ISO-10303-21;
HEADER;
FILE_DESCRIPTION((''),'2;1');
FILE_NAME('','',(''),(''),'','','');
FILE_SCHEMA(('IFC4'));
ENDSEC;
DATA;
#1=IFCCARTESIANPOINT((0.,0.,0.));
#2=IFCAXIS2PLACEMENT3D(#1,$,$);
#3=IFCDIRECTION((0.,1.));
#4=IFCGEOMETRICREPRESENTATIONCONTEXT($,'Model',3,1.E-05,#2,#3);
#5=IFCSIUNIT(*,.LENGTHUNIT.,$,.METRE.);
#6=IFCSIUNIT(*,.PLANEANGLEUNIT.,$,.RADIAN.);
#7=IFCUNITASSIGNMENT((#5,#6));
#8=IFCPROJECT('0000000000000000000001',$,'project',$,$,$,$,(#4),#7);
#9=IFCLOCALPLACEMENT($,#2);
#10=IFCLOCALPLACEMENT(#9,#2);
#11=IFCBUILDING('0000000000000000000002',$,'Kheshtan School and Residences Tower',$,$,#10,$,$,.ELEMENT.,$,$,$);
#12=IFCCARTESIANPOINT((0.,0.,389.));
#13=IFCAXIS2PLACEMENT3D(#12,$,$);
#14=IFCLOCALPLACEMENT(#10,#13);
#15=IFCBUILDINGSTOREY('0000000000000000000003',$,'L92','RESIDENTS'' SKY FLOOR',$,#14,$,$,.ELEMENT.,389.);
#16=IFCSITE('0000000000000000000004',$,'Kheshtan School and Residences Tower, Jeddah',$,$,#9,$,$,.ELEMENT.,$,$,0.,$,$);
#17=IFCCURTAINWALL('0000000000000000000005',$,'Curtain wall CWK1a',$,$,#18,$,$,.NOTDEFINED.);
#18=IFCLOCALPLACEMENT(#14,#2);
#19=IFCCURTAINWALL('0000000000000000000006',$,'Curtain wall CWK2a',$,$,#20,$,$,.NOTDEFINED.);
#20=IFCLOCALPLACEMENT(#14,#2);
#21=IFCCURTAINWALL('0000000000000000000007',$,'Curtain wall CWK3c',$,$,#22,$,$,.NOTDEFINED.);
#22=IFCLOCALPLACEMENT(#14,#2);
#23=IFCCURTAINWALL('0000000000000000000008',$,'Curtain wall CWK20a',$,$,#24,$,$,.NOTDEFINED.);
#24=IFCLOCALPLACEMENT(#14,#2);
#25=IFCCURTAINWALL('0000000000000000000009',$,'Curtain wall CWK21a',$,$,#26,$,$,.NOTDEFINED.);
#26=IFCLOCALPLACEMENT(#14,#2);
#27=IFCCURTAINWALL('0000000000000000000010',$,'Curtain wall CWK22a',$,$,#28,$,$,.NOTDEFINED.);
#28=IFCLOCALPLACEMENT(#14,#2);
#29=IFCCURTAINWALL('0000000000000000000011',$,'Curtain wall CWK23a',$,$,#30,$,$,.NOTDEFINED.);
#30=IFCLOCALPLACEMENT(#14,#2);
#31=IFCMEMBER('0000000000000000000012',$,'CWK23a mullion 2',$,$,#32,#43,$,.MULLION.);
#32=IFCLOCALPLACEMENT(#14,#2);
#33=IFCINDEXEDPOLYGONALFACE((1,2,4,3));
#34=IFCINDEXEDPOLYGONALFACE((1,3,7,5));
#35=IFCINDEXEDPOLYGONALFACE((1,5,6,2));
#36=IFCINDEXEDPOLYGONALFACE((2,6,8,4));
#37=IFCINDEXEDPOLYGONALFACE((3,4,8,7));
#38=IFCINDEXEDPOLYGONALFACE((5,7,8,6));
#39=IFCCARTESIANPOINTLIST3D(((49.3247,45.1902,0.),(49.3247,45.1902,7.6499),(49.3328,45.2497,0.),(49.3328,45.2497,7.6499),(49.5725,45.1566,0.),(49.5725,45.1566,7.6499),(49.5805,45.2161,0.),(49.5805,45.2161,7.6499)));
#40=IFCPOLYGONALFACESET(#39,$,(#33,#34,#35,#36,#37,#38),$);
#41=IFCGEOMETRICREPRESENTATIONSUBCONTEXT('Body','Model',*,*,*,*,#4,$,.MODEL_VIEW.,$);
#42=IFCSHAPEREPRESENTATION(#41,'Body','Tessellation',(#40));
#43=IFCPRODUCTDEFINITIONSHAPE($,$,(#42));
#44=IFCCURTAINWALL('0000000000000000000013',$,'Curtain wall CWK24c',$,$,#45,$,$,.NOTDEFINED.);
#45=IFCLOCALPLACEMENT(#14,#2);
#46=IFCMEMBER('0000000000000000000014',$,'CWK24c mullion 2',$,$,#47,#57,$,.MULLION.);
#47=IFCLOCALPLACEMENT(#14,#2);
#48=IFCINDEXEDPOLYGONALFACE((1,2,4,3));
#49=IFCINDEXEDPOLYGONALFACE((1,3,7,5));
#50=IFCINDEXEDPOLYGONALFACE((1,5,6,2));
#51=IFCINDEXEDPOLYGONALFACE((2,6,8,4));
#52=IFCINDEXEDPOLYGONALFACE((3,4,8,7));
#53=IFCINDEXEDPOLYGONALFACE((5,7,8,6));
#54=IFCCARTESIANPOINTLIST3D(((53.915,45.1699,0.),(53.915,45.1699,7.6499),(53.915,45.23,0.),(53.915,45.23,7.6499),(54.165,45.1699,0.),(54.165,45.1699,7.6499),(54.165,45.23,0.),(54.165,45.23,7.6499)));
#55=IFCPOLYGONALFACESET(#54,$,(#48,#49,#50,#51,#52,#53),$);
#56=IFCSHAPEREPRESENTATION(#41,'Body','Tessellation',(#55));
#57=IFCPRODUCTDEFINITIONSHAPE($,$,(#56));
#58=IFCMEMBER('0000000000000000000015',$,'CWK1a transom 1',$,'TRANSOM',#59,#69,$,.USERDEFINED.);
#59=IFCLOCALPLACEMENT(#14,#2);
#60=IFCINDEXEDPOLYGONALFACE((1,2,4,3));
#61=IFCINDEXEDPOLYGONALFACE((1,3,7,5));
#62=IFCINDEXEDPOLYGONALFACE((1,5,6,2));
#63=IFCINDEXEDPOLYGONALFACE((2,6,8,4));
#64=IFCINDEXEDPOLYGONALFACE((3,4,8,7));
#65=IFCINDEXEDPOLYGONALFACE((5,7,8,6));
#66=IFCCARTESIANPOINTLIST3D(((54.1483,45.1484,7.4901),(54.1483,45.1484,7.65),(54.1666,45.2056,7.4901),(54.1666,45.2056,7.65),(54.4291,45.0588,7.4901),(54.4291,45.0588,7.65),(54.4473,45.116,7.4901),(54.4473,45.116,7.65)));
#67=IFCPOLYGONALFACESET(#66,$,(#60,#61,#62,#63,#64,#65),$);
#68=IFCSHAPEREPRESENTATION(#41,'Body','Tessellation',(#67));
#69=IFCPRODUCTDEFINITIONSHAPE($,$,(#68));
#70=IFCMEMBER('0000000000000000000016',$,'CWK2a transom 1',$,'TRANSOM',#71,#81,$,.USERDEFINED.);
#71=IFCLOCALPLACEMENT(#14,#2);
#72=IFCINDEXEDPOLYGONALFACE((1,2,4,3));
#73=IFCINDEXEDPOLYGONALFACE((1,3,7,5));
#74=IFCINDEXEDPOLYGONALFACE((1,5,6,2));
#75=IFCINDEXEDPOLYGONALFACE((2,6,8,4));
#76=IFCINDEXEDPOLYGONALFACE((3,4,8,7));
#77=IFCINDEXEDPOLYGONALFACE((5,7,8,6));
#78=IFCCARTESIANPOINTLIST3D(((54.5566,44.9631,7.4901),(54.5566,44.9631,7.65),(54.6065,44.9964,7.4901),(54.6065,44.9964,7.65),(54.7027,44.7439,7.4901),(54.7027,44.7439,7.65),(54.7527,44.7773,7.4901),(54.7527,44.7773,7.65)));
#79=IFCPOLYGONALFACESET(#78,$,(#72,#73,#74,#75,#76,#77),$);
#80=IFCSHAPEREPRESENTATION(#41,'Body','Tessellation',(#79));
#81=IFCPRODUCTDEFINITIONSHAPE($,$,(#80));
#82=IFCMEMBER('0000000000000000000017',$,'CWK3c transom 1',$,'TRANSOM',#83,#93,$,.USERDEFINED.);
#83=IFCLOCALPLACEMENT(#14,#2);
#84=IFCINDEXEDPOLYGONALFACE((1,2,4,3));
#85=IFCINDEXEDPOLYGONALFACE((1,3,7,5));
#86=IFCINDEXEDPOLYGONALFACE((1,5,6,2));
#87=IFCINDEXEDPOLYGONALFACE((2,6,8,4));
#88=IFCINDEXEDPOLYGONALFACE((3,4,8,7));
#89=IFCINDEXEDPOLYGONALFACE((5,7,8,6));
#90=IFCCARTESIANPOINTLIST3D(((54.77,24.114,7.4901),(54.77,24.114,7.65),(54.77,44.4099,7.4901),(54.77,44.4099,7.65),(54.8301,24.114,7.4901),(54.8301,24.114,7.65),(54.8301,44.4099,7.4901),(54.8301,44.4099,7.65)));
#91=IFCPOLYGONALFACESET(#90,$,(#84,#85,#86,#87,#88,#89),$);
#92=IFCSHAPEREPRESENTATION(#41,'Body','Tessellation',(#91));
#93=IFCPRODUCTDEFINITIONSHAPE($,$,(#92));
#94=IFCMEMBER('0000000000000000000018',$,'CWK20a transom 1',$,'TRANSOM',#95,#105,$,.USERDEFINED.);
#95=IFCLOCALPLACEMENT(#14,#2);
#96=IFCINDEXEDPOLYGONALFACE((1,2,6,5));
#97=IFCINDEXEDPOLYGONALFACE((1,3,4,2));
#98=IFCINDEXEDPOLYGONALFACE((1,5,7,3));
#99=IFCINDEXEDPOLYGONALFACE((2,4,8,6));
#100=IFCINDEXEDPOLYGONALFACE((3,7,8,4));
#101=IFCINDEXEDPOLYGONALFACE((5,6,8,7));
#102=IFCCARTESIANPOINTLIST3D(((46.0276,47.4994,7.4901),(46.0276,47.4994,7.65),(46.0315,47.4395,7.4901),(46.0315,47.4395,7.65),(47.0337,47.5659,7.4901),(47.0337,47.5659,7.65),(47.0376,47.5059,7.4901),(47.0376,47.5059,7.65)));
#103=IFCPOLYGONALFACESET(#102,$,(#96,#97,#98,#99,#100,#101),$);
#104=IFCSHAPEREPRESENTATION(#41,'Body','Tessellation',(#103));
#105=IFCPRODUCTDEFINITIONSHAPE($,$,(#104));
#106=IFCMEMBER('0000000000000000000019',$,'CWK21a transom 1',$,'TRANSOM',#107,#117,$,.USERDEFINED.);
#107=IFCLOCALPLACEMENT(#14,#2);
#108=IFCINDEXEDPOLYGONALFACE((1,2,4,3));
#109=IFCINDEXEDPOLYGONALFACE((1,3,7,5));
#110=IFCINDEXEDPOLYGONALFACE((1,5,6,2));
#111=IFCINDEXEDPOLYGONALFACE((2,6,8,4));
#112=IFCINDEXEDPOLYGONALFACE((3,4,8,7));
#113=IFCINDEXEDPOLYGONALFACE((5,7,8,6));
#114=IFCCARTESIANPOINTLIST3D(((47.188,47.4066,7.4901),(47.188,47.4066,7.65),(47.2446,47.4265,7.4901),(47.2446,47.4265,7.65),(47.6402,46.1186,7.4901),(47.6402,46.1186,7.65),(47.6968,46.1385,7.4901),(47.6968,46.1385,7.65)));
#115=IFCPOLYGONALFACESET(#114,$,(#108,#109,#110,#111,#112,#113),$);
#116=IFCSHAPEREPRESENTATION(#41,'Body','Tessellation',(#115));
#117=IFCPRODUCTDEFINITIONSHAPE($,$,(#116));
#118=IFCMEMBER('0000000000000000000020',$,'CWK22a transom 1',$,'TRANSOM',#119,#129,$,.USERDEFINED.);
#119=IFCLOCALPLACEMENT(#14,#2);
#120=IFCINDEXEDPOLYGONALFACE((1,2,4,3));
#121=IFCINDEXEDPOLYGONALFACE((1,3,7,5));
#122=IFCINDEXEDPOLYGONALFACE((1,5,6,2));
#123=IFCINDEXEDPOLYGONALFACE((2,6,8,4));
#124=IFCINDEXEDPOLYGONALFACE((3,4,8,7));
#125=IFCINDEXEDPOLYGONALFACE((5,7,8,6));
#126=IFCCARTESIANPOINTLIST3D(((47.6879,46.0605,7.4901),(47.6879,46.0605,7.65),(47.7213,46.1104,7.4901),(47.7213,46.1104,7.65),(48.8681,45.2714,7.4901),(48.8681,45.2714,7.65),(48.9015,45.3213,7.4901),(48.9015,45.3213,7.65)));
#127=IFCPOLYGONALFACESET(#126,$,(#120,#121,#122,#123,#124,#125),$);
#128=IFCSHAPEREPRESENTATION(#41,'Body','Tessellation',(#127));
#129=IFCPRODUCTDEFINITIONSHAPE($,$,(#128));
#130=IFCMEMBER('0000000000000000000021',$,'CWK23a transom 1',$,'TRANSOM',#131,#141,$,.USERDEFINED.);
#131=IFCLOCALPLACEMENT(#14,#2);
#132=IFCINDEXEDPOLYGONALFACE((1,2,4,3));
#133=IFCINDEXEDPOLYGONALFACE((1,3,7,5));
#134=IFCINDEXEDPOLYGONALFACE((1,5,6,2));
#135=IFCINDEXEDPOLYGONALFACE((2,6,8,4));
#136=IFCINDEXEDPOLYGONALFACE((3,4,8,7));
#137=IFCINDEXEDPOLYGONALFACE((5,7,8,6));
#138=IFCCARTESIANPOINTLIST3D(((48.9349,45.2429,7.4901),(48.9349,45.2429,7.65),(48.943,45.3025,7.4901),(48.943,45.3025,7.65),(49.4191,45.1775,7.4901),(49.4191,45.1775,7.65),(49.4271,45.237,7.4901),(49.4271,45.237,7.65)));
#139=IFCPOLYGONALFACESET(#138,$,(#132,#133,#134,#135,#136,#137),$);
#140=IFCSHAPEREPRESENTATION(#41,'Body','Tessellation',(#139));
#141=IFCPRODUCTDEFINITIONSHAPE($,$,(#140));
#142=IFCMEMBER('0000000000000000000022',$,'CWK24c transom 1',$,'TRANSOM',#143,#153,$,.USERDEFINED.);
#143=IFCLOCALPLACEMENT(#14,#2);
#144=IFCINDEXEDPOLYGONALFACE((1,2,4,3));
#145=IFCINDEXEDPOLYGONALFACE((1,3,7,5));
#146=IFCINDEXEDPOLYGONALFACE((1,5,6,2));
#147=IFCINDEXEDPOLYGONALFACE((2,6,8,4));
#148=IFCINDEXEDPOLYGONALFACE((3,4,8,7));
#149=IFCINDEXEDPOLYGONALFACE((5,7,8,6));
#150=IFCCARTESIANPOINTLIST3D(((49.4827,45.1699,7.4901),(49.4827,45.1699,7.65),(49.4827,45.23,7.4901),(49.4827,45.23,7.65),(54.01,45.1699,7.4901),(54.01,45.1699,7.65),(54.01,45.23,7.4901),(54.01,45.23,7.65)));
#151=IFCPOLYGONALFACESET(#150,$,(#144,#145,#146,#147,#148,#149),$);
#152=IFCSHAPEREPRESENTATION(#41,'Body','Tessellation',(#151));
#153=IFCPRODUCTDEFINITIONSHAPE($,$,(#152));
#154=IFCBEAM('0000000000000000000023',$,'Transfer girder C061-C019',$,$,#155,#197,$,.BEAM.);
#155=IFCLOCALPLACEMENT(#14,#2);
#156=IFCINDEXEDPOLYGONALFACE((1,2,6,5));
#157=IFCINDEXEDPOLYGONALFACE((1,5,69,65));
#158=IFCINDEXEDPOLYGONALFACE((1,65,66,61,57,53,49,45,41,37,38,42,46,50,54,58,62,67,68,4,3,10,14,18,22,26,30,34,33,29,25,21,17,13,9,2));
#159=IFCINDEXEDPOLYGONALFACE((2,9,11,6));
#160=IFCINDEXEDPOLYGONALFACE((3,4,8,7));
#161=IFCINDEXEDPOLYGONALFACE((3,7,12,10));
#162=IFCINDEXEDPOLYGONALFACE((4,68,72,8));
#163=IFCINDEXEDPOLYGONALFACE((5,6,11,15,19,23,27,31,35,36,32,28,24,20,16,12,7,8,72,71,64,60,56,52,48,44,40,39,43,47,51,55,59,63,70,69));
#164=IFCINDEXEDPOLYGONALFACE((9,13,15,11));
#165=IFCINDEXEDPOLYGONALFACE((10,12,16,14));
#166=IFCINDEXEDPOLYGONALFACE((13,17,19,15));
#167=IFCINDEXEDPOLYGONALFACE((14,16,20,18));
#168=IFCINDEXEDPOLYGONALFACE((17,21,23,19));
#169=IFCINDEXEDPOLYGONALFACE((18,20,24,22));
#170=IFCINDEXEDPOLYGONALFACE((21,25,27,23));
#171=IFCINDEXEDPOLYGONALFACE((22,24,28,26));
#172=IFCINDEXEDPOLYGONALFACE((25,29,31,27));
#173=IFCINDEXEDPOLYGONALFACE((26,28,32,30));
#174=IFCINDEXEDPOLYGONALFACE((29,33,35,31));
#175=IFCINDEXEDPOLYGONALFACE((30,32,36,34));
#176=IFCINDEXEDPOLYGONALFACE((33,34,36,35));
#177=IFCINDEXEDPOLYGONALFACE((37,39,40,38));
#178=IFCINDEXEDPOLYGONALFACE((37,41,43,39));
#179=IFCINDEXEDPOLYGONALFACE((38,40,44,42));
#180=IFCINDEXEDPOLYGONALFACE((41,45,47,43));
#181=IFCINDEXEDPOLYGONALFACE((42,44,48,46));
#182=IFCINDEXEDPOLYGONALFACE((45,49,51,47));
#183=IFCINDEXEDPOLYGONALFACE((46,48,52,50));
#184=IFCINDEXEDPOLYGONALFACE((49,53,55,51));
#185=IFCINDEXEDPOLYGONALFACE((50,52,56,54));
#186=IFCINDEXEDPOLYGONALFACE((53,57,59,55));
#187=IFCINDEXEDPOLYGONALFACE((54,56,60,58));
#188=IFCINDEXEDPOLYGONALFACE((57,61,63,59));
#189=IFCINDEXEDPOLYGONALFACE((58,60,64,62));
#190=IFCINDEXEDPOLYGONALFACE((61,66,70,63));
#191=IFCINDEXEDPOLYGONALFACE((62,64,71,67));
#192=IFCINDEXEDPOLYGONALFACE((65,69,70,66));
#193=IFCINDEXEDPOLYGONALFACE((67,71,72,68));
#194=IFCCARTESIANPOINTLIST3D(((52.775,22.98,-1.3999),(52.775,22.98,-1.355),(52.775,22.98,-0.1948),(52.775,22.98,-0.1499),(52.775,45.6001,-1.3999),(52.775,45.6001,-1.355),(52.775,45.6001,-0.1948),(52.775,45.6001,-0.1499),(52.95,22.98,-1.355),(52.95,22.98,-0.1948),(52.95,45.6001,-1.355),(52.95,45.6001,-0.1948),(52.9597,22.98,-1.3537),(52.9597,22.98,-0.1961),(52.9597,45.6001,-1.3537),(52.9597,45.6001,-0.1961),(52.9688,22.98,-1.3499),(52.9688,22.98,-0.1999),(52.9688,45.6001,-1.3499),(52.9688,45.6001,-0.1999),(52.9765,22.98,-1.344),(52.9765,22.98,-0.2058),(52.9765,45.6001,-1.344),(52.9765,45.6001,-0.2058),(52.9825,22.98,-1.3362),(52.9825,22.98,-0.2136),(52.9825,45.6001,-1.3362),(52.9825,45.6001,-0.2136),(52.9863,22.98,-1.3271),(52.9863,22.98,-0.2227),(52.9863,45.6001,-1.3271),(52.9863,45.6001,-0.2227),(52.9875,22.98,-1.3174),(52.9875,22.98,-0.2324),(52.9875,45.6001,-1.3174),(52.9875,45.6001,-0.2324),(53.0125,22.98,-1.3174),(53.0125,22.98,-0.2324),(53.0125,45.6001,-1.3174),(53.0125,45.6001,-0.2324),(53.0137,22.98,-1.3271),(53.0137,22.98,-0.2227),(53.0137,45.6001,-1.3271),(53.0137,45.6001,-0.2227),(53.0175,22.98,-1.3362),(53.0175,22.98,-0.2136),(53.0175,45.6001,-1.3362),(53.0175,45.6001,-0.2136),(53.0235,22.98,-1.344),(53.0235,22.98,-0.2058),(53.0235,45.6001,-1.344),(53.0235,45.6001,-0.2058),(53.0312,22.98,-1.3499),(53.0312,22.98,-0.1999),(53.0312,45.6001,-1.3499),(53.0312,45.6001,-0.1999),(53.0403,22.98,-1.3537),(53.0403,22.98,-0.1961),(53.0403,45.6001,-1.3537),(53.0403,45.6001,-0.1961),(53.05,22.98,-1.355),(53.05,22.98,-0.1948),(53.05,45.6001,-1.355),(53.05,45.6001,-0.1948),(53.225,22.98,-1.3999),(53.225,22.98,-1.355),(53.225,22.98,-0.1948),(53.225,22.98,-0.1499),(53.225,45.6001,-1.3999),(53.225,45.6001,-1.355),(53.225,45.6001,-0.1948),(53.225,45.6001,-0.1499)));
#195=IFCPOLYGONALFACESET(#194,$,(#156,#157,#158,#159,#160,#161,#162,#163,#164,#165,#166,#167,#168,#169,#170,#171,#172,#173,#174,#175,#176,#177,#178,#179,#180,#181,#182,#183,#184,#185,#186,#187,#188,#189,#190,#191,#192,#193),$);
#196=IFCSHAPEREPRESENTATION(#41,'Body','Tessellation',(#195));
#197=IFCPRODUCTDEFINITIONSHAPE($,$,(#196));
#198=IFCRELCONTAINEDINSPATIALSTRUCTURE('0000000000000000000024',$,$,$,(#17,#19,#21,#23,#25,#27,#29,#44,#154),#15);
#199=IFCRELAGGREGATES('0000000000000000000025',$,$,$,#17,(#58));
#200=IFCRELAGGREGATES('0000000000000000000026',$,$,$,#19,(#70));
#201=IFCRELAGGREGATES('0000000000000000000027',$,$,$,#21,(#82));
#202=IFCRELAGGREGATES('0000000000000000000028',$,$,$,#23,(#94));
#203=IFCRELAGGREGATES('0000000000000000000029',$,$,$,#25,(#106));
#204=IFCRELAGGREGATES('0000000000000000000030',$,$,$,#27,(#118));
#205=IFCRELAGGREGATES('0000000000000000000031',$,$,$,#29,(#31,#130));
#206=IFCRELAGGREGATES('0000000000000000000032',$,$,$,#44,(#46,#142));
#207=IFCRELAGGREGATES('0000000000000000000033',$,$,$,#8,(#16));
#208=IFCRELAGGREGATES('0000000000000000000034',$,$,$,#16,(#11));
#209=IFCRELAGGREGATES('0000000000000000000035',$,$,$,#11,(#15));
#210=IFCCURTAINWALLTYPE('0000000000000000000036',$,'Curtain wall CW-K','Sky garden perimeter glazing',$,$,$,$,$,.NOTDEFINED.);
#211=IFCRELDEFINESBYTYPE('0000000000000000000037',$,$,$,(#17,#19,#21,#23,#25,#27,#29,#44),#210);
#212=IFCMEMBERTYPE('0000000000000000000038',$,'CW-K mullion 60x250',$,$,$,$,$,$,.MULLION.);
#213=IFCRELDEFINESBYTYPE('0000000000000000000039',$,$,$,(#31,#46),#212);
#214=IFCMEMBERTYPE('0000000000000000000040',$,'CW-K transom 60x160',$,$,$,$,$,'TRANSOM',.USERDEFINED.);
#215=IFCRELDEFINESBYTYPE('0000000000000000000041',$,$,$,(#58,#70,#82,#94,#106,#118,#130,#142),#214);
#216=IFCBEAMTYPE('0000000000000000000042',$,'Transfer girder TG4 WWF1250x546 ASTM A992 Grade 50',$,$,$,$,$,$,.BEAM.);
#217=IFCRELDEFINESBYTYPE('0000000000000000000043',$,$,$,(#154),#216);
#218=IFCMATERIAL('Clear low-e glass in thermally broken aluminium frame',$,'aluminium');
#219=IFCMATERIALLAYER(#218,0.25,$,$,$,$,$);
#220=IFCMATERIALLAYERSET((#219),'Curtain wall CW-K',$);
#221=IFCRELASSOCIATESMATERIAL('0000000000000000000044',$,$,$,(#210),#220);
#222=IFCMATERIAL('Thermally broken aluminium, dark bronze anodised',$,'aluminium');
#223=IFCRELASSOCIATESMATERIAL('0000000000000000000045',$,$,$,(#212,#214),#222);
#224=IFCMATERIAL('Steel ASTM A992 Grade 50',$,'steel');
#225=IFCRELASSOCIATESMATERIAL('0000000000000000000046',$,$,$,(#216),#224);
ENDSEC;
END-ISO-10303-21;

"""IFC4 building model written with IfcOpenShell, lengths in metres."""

from ifc_helpers import new_model, si_unit, direction, frame, origin, origin_2d, place, context, subcontext, project, spatial, rectangle, i_section, extrude, material, layer, layer_set, material_profile, profile_set, type_object, element, aggregate, save


model = new_model("IFC4")

# Units and contexts
model_context = context("Model", 3, precision=1e-05, world=origin(), true_north=direction((0.0, 1.0)))
body_context = subcontext(model_context, "Body", "Model", "MODEL_VIEW")
ifc_project = project(units=[si_unit("LENGTHUNIT", "METRE"), si_unit("PLANEANGLEUNIT", "RADIAN")], contexts=[model_context])

# Site, building, storey
site_placement = place(None, origin())
site = spatial("IfcSite", under=ifc_project, at=site_placement, Name="Kheshtan School and Residences Tower, Jeddah", CompositionType="ELEMENT", RefElevation=0.0)
building_placement = place(site_placement, origin())
building = spatial("IfcBuilding", under=site, at=building_placement, Name="Kheshtan School and Residences Tower", CompositionType="ELEMENT")
storey_placement = place(building_placement, frame((0.0, 0.0, 389.0)))
storey = spatial("IfcBuildingStorey", under=building, at=storey_placement, Name="L92", Description="RESIDENTS' SKY FLOOR", CompositionType="ELEMENT", Elevation=389.0)

# Shared definitions
ifc_material_1 = material(Name="Steel ASTM A992 Grade 50", Category="steel")

# Shared definitions
ifc_material_2 = material(Name="Clear low-e glass in thermally broken aluminium frame", Category="aluminium")
ifc_material_3 = material(Name="Thermally broken aluminium, dark bronze anodised", Category="aluminium")

# Curtain walls
ifc_layer_1 = layer(ifc_material_2, 0.25)
ifc_layer_set_1 = layer_set([ifc_layer_1], Name="Curtain wall CW-K")
curtain_wall_type_1 = type_object("IfcCurtainWallType", Name="Curtain wall CW-K", Description="Sky garden perimeter glazing", PredefinedType="NOTDEFINED", material=ifc_layer_set_1)
curtain_wall_1_placement = place(storey_placement, origin())
curtain_wall_1 = element("IfcCurtainWall", 1, at=curtain_wall_1_placement, inside=storey, type_object=curtain_wall_type_1, Name="Curtain wall CWK1a", PredefinedType="NOTDEFINED")
ifc_material_profile_1 = material_profile(ifc_material_3, rectangle(XDim=0.0601, YDim=0.25, at=origin_2d()), Name="CW-K mullion 60x250")
ifc_profile_set_1 = profile_set([ifc_material_profile_1], Name="Thermally broken aluminium, dark bronze anodised")
member_type_1 = type_object("IfcMemberType", Name="CW-K mullion 60x250", PredefinedType="MULLION", material=ifc_profile_set_1)
curtain_wall_2_placement = place(storey_placement, origin())
curtain_wall_2 = element("IfcCurtainWall", 2, at=curtain_wall_2_placement, inside=storey, type_object=curtain_wall_type_1, Name="Curtain wall CWK2a", PredefinedType="NOTDEFINED")
curtain_wall_3_placement = place(storey_placement, origin())
curtain_wall_3 = element("IfcCurtainWall", 3, at=curtain_wall_3_placement, inside=storey, type_object=curtain_wall_type_1, Name="Curtain wall CWK3c", PredefinedType="NOTDEFINED")

# Curtain wall
curtain_wall_4_placement = place(storey_placement, origin())
curtain_wall_4 = element("IfcCurtainWall", 4, at=curtain_wall_4_placement, inside=storey, type_object=curtain_wall_type_1, Name="Curtain wall CWK20a", PredefinedType="NOTDEFINED")

# Curtain wall
curtain_wall_5_placement = place(storey_placement, origin())
curtain_wall_5 = element("IfcCurtainWall", 5, at=curtain_wall_5_placement, inside=storey, type_object=curtain_wall_type_1, Name="Curtain wall CWK21a", PredefinedType="NOTDEFINED")

# Curtain walls, members
curtain_wall_6_placement = place(storey_placement, origin())
curtain_wall_6 = element("IfcCurtainWall", 6, at=curtain_wall_6_placement, inside=storey, type_object=curtain_wall_type_1, Name="Curtain wall CWK22a", PredefinedType="NOTDEFINED")
curtain_wall_7_placement = place(storey_placement, origin())
curtain_wall_7 = element("IfcCurtainWall", 7, at=curtain_wall_7_placement, inside=storey, type_object=curtain_wall_type_1, Name="Curtain wall CWK23a", PredefinedType="NOTDEFINED")
member_1_placement = place(storey_placement, frame((49.4526, 45.2031, 0.0), z_axis=(0.0, 0.0, 1.0), x_axis=(0.134364, 0.990932, 0.0)))
member_1 = element("IfcMember", 8, at=member_1_placement, type_object=member_type_1, Name="CWK23a mullion 2", PredefinedType="MULLION", context=body_context, shape_type="SweptSolid", body=[
    extrude(rectangle(XDim=0.0601, YDim=0.25, at=origin_2d()), origin(), (0.0, 0.0, 1.0), 7.6499),
])
curtain_wall_8_placement = place(storey_placement, origin())
curtain_wall_8 = element("IfcCurtainWall", 9, at=curtain_wall_8_placement, inside=storey, type_object=curtain_wall_type_1, Name="Curtain wall CWK24c", PredefinedType="NOTDEFINED")
member_2_placement = place(storey_placement, frame((54.04, 45.2, 0.0), z_axis=(0.0, 0.0, 1.0), x_axis=(0.0, 1.0, 0.0)))
member_2 = element("IfcMember", 10, at=member_2_placement, type_object=member_type_1, Name="CWK24c mullion 2", PredefinedType="MULLION", context=body_context, shape_type="SweptSolid", body=[
    extrude(rectangle(XDim=0.0601, YDim=0.25, at=origin_2d()), origin(), (0.0, 0.0, 1.0), 7.6499),
])

# Members
ifc_material_profile_2 = material_profile(ifc_material_3, rectangle(XDim=0.0601, YDim=0.1599, at=origin_2d()), Name="CW-K transom 60x160")
ifc_profile_set_2 = profile_set([ifc_material_profile_2], Name="Thermally broken aluminium, dark bronze anodised")
member_type_2 = type_object("IfcMemberType", Name="CW-K transom 60x160", ElementType="TRANSOM", PredefinedType="USERDEFINED", material=ifc_profile_set_2)
member_3_placement = place(storey_placement, frame((54.1575, 45.177, 7.5701), z_axis=(0.952664, -0.304024, 0.0), x_axis=(0.304024, 0.952664, 0.0)))
member_3 = element("IfcMember", 11, at=member_3_placement, type_object=member_type_2, Name="CWK1a transom 1", ObjectType="TRANSOM", PredefinedType="USERDEFINED", context=body_context, shape_type="SweptSolid", body=[
    extrude(rectangle(XDim=0.0601, YDim=0.1599, at=origin_2d()), origin(), (0.0, 0.0, 1.0), 0.2947),
])
member_4_placement = place(storey_placement, frame((54.5815, 44.9797, 7.5701), z_axis=(0.554914, -0.831908, 0.0), x_axis=(0.831908, 0.554914, 0.0)))
member_4 = element("IfcMember", 12, at=member_4_placement, type_object=member_type_2, Name="CWK2a transom 1", ObjectType="TRANSOM", PredefinedType="USERDEFINED", context=body_context, shape_type="SweptSolid", body=[
    extrude(rectangle(XDim=0.0601, YDim=0.1599, at=origin_2d()), origin(), (0.0, 0.0, 1.0), 0.2634),
])
member_5_placement = place(storey_placement, frame((54.8, 44.4099, 7.5701), z_axis=(0.0, -1.0, 0.0), x_axis=(1.0, 0.0, 0.0)))
member_5 = element("IfcMember", 13, at=member_5_placement, type_object=member_type_2, Name="CWK3c transom 1", ObjectType="TRANSOM", PredefinedType="USERDEFINED", context=body_context, shape_type="SweptSolid", body=[
    extrude(rectangle(XDim=0.0601, YDim=0.1599, at=origin_2d()), origin(), (0.0, 0.0, 1.0), 20.2959),
])
member_6_placement = place(storey_placement, frame((46.0295, 47.4695, 7.5701), z_axis=(0.997829, 0.06586, 0.0), x_axis=(-0.06586, 0.997829, 0.0)))
member_6 = element("IfcMember", 14, at=member_6_placement, type_object=member_type_2, Name="CWK20a transom 1", ObjectType="TRANSOM", PredefinedType="USERDEFINED", context=body_context, shape_type="SweptSolid", body=[
    extrude(rectangle(XDim=0.0601, YDim=0.1599, at=origin_2d()), origin(), (0.0, 0.0, 1.0), 1.0083),
])
member_7_placement = place(storey_placement, frame((47.2163, 47.4165, 7.5701), z_axis=(0.331267, -0.943537, 0.0), x_axis=(0.943537, 0.331267, 0.0)))
member_7 = element("IfcMember", 15, at=member_7_placement, type_object=member_type_2, Name="CWK21a transom 1", ObjectType="TRANSOM", PredefinedType="USERDEFINED", context=body_context, shape_type="SweptSolid", body=[
    extrude(rectangle(XDim=0.0601, YDim=0.1599, at=origin_2d()), origin(), (0.0, 0.0, 1.0), 1.365),
])
member_8_placement = place(storey_placement, frame((47.7046, 46.0854, 7.5701), z_axis=(0.831309, -0.555811, 0.0), x_axis=(0.555811, 0.831309, 0.0)))
member_8 = element("IfcMember", 16, at=member_8_placement, type_object=member_type_2, Name="CWK22a transom 1", ObjectType="TRANSOM", PredefinedType="USERDEFINED", context=body_context, shape_type="SweptSolid", body=[
    extrude(rectangle(XDim=0.0601, YDim=0.1599, at=origin_2d()), origin(), (0.0, 0.0, 1.0), 1.4197),
])
member_9_placement = place(storey_placement, frame((48.939, 45.2727, 7.5701), z_axis=(0.990991, -0.133931, 0.0), x_axis=(0.133931, 0.990991, 0.0)))
member_9 = element("IfcMember", 17, at=member_9_placement, type_object=member_type_2, Name="CWK23a transom 1", ObjectType="TRANSOM", PredefinedType="USERDEFINED", context=body_context, shape_type="SweptSolid", body=[
    extrude(rectangle(XDim=0.0601, YDim=0.1599, at=origin_2d()), origin(), (0.0, 0.0, 1.0), 0.4885),
])
member_10_placement = place(storey_placement, frame((49.4827, 45.2, 7.5701), z_axis=(1.0, 0.0, 0.0), x_axis=(0.0, 1.0, 0.0)))
member_10 = element("IfcMember", 18, at=member_10_placement, type_object=member_type_2, Name="CWK24c transom 1", ObjectType="TRANSOM", PredefinedType="USERDEFINED", context=body_context, shape_type="SweptSolid", body=[
    extrude(rectangle(XDim=0.0601, YDim=0.1599, at=origin_2d()), origin(), (0.0, 0.0, 1.0), 4.5273),
])

# Beam
ifc_material_profile_3 = material_profile(ifc_material_1, i_section(OverallWidth=0.45, OverallDepth=1.25, WebThickness=0.0249, FlangeThickness=0.0449, FilletRadius=0.0376, at=origin_2d()), Name="WWF1250x546")
ifc_profile_set_3 = profile_set([ifc_material_profile_3], Name="Steel ASTM A992 Grade 50")
beam_type_1 = type_object("IfcBeamType", Name="Transfer girder TG4 WWF1250x546 ASTM A992 Grade 50", PredefinedType="BEAM", material=ifc_profile_set_3)
beam_1_placement = place(storey_placement, frame((53.0, 45.6001, -0.7749), z_axis=(0.0, -1.0, 0.0), x_axis=(1.0, 0.0, 0.0)))
element("IfcBeam", 19, at=beam_1_placement, inside=storey, type_object=beam_type_1, Name="Transfer girder C061-C019", PredefinedType="BEAM", context=body_context, shape_type="SweptSolid", body=[
    extrude(i_section(OverallWidth=0.45, OverallDepth=1.25, WebThickness=0.0249, FlangeThickness=0.0449, FilletRadius=0.0376, at=origin_2d()), origin(), (0.0, 0.0, 1.0), 22.6201),
])

aggregate(curtain_wall_1, [member_3])
aggregate(curtain_wall_2, [member_4])
aggregate(curtain_wall_3, [member_5])
aggregate(curtain_wall_4, [member_6])
aggregate(curtain_wall_5, [member_7])
aggregate(curtain_wall_6, [member_8])
aggregate(curtain_wall_7, [member_1, member_9])
aggregate(curtain_wall_8, [member_2, member_10])

save(model, "model.ifc")
